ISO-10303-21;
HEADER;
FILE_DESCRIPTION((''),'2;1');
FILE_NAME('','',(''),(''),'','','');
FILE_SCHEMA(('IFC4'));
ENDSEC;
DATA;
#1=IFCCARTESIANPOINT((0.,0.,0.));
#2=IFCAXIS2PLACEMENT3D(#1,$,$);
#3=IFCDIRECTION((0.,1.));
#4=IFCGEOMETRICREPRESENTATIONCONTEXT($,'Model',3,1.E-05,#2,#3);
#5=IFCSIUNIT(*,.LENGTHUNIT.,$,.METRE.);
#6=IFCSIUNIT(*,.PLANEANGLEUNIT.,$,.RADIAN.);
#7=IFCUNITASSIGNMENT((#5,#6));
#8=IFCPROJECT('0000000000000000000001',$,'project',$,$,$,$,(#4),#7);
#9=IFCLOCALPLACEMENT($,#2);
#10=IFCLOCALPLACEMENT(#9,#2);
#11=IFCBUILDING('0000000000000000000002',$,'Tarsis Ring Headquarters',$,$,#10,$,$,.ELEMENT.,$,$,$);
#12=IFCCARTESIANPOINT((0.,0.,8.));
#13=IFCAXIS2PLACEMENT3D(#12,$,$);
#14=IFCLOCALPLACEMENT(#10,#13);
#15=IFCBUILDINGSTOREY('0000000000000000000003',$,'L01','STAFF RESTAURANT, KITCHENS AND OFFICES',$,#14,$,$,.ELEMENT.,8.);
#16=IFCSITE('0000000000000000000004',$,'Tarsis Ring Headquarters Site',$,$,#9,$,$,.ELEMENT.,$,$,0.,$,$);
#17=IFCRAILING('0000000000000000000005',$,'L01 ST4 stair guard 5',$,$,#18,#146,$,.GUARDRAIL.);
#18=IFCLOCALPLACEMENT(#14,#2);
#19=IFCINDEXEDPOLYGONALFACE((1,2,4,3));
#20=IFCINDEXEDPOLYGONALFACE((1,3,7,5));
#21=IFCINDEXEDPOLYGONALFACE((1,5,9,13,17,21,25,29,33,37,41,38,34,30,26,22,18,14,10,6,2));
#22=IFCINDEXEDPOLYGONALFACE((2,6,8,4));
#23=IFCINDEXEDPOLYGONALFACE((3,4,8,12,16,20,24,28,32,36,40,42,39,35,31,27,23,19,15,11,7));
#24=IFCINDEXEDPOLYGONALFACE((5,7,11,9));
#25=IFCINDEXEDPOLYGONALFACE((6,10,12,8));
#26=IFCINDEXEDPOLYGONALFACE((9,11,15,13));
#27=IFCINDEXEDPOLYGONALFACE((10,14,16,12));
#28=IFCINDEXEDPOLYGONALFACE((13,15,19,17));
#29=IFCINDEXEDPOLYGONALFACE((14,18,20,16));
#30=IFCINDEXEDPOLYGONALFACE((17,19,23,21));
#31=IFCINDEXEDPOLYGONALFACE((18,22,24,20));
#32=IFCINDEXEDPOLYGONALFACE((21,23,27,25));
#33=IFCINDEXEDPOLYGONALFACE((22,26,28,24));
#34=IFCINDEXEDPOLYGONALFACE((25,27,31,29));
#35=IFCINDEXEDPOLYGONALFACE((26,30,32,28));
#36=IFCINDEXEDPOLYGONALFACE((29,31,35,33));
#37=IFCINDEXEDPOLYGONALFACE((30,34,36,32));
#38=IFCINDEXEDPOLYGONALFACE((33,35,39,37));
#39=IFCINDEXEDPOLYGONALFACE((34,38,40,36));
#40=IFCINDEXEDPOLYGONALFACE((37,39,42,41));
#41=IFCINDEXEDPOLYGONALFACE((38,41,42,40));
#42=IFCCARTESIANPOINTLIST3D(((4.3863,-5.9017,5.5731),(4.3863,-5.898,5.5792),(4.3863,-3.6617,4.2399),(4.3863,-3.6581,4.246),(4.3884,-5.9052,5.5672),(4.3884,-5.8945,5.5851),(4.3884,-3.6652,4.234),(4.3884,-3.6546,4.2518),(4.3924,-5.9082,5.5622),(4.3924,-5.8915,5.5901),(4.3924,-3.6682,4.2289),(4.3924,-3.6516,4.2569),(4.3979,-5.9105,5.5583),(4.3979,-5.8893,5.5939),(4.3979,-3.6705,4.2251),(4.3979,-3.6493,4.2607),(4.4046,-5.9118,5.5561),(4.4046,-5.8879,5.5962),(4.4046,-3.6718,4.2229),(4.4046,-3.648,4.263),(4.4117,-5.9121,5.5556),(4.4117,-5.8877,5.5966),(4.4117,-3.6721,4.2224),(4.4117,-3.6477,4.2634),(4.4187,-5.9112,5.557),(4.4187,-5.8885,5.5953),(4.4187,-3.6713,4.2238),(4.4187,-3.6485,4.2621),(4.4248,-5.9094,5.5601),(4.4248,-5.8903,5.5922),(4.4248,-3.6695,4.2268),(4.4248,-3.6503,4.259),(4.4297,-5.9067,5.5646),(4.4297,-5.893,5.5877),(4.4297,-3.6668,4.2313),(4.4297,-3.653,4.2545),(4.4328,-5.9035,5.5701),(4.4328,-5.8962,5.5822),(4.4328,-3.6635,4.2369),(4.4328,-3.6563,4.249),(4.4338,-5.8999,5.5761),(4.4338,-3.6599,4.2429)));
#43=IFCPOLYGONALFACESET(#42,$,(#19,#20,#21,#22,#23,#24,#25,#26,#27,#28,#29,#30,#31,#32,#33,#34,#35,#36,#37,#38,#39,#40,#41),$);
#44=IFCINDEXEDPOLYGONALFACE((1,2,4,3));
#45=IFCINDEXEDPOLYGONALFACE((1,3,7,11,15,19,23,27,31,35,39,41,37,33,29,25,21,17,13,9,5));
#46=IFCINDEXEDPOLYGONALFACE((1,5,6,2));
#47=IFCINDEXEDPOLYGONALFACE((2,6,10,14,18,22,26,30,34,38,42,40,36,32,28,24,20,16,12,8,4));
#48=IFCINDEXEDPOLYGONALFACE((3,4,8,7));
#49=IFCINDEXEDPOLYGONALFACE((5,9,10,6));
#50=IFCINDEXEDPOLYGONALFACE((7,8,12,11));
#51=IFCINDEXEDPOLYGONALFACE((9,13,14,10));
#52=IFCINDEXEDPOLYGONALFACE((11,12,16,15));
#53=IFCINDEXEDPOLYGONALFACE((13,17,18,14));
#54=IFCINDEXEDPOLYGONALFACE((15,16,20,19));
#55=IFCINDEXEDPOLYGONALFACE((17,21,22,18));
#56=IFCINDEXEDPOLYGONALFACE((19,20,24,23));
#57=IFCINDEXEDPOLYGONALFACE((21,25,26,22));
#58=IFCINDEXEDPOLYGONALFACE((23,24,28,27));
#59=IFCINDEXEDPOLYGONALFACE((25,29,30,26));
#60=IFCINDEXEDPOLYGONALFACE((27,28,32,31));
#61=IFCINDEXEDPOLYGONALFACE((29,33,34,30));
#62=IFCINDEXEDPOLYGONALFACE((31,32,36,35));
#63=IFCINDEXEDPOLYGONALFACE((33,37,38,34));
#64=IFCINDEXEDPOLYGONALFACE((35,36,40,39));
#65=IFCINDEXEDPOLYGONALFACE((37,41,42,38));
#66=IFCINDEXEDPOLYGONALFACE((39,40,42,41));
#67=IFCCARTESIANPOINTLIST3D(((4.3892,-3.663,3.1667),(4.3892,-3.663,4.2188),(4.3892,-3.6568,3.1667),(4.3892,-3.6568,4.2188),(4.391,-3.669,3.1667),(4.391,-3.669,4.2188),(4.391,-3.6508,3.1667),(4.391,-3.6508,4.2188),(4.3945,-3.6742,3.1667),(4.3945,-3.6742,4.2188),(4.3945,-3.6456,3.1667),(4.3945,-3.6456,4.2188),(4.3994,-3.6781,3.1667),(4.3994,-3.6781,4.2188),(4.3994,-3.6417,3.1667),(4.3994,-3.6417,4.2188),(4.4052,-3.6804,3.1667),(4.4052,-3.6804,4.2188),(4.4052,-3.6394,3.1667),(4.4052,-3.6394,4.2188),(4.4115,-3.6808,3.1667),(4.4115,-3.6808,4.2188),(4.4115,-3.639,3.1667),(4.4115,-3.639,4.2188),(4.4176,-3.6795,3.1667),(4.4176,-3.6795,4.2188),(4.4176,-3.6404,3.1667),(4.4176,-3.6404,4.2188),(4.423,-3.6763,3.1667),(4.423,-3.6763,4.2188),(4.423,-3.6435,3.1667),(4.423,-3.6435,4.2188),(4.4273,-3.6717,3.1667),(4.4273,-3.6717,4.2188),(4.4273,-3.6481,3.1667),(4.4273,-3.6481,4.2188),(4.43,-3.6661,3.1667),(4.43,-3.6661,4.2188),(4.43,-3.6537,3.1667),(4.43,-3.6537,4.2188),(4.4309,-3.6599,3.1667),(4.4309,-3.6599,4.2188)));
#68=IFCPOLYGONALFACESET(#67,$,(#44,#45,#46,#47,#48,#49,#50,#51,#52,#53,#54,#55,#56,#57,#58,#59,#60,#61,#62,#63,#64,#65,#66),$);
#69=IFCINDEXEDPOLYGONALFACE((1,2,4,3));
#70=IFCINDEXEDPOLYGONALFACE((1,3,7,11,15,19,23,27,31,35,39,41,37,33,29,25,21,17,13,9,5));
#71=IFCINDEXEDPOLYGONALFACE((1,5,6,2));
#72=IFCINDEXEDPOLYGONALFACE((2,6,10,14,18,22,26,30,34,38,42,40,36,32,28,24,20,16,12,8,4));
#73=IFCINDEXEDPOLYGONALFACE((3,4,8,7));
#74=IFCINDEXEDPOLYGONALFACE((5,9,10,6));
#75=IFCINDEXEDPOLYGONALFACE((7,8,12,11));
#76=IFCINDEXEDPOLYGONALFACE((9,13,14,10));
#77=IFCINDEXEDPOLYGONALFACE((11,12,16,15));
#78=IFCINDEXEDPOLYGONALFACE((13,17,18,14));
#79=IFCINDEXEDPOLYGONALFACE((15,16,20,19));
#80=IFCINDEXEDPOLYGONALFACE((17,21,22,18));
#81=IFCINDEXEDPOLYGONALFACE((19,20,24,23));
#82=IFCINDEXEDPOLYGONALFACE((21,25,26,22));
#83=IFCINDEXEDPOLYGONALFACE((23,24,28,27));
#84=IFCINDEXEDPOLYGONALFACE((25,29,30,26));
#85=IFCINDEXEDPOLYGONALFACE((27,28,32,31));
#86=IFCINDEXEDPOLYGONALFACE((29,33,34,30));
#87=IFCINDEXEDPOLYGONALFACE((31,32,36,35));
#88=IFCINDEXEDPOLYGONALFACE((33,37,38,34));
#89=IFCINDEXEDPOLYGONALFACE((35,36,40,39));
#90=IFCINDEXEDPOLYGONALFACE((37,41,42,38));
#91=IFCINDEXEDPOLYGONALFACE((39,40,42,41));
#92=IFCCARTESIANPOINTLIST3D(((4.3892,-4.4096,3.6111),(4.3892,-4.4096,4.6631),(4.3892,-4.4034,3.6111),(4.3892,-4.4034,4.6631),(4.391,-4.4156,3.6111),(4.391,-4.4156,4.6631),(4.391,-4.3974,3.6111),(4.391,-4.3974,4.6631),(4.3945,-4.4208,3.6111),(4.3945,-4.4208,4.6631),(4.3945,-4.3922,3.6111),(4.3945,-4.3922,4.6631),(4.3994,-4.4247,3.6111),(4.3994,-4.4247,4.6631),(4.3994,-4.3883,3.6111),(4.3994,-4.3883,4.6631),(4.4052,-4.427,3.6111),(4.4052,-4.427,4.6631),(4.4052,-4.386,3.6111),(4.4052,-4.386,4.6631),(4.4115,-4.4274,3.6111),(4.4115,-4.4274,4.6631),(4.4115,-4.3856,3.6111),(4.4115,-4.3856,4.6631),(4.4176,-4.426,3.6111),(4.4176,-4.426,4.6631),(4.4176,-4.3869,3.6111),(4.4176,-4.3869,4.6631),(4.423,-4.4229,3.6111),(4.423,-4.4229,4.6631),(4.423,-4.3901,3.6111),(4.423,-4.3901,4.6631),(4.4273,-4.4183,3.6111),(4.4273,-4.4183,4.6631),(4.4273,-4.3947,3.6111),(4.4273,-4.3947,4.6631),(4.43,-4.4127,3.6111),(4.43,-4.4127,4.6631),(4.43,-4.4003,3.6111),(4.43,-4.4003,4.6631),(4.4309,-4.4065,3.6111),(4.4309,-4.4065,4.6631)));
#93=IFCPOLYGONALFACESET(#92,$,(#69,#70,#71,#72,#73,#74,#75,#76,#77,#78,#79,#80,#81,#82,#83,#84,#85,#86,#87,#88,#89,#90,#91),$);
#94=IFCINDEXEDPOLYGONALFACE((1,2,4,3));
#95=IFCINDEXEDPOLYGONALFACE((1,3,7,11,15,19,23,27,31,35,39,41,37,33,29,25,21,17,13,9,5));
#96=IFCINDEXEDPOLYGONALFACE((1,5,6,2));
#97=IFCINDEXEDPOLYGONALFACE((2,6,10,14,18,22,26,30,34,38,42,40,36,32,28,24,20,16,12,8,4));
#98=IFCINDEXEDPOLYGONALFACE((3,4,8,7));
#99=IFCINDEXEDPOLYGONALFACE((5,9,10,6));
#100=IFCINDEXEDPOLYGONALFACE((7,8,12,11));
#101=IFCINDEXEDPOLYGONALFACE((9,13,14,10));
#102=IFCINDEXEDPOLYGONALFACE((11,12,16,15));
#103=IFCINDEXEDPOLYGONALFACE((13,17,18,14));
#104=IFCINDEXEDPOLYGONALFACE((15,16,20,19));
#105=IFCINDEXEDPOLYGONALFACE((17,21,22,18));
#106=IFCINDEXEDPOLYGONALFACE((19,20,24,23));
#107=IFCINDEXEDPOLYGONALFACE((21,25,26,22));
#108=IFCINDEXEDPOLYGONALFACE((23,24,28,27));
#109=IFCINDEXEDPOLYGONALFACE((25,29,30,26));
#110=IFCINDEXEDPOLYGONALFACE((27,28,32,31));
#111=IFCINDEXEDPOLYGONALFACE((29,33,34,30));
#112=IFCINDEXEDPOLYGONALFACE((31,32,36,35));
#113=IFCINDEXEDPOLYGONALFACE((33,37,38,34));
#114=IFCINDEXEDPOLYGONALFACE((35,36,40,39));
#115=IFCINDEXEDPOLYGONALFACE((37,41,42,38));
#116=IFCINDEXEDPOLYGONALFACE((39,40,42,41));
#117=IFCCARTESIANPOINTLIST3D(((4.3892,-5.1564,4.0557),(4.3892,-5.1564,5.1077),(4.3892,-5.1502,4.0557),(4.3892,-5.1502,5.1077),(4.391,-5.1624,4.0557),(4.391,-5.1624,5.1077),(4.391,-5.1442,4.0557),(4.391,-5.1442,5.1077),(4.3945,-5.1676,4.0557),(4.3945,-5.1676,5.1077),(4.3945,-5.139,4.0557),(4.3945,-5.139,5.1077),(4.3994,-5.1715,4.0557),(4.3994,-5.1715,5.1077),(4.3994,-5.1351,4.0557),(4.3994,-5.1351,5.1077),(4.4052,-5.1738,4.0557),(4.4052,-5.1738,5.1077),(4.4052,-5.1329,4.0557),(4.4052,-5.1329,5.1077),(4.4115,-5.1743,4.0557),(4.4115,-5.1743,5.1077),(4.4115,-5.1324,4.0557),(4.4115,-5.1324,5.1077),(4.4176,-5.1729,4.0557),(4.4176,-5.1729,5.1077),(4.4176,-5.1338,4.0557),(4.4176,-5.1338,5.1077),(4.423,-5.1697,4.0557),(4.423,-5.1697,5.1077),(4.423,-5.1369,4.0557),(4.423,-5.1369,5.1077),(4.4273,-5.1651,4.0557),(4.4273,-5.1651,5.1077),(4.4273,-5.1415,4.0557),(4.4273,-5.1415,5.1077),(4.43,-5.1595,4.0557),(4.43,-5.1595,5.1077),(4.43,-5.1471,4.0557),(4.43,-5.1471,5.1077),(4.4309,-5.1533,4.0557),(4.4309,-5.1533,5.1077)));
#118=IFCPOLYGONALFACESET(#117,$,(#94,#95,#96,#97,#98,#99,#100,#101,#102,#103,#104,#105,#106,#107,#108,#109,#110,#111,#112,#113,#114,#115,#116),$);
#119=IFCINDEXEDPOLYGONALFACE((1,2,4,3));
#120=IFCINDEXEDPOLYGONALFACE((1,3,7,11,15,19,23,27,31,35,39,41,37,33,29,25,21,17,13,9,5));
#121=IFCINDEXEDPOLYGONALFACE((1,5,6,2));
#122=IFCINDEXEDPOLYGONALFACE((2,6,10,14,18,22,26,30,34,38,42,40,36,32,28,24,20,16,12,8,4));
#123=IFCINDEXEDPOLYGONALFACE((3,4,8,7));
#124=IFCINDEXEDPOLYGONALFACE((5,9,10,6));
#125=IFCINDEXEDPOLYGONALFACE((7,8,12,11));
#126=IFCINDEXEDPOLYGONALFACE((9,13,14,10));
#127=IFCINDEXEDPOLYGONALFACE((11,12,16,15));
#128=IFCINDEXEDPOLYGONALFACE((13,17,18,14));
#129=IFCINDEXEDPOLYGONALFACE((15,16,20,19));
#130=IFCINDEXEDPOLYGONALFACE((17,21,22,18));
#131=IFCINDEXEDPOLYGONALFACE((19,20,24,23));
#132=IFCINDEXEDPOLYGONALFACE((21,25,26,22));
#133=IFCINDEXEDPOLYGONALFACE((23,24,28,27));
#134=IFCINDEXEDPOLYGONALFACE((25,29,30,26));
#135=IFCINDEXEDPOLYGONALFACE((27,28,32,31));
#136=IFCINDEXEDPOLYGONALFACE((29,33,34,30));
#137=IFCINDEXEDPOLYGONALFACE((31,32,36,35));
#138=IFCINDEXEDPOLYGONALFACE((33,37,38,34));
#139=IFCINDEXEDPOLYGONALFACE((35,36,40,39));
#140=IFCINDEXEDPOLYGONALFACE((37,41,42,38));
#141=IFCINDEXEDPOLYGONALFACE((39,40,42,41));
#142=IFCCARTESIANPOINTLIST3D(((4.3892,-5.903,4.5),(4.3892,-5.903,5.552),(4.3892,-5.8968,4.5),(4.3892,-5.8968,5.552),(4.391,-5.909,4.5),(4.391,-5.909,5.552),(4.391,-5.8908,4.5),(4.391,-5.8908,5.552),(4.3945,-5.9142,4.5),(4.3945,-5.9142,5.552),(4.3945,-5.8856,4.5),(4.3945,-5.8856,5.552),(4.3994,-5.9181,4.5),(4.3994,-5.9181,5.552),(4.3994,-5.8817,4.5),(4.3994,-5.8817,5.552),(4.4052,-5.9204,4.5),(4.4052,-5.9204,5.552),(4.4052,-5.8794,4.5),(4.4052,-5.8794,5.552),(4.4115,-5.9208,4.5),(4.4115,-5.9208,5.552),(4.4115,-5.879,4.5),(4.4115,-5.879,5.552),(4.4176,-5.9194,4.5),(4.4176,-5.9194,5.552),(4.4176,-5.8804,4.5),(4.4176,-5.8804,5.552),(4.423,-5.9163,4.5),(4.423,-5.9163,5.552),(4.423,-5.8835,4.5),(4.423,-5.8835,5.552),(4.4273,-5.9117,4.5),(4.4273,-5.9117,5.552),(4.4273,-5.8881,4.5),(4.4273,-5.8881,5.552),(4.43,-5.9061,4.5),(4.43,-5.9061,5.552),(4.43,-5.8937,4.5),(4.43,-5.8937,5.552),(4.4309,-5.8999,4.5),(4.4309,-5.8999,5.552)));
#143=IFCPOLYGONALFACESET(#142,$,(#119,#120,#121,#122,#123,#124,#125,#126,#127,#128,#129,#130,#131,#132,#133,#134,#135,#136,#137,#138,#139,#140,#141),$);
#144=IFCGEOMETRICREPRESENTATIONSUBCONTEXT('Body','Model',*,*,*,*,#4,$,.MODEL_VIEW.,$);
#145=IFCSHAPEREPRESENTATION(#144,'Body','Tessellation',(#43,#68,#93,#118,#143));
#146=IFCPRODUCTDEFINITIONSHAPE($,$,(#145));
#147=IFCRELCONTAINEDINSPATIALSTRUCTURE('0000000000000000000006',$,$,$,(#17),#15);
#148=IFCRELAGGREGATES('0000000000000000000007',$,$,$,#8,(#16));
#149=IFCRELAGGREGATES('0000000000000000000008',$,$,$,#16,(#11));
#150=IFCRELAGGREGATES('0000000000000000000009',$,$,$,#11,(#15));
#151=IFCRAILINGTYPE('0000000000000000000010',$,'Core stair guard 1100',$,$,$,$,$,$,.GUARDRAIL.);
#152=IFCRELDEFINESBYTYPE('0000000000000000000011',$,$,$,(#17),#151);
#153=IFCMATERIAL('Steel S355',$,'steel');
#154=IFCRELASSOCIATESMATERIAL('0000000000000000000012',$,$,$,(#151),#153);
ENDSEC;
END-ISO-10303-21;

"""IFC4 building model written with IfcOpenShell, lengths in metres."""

from ifc_helpers import new_model, si_unit, direction, frame, origin, origin_2d, place, context, subcontext, project, spatial, circle, extrude, material, type_object, element, save


model = new_model("IFC4")

# Units and contexts
model_context = context("Model", 3, precision=1e-05, world=origin(), true_north=direction((0.0, 1.0)))
body_context = subcontext(model_context, "Body", "Model", "MODEL_VIEW")
ifc_project = project(units=[si_unit("LENGTHUNIT", "METRE"), si_unit("PLANEANGLEUNIT", "RADIAN")], contexts=[model_context])

# Site, building, storey
site_placement = place(None, origin())
site = spatial("IfcSite", under=ifc_project, at=site_placement, Name="Tarsis Ring Headquarters Site", CompositionType="ELEMENT", RefElevation=0.0)
building_placement = place(site_placement, origin())
building = spatial("IfcBuilding", under=site, at=building_placement, Name="Tarsis Ring Headquarters", CompositionType="ELEMENT")
storey_placement = place(building_placement, frame((0.0, 0.0, 8.0)))
storey = spatial("IfcBuildingStorey", under=building, at=storey_placement, Name="L01", Description="STAFF RESTAURANT, KITCHENS AND OFFICES", CompositionType="ELEMENT", Elevation=8.0)

# Railing
ifc_material_1 = material(Name="Steel S355", Category="steel")
railing_type_1 = type_object("IfcRailingType", Name="Core stair guard 1100", PredefinedType="GUARDRAIL", material=ifc_material_1)
railing_1_placement = place(storey_placement, frame((4.4099, -3.6599, 3.1667)))
element("IfcRailing", 1, at=railing_1_placement, inside=storey, type_object=railing_type_1, Name="L01 ST4 stair guard 5", PredefinedType="GUARDRAIL", context=body_context, shape_type="SweptSolid", body=[
    extrude(circle(Radius=0.0239, at=origin_2d()), frame((0.0, 0.0, 1.0762), z_axis=(0.0, -0.859306, 0.511462), x_axis=(1.0, 0.0, 0.0)), (0.0, 0.0, 1.0), 2.6067),
    extrude(circle(Radius=0.021, at=origin_2d()), origin(), (0.0, 0.0, 1.0), 1.052),
    extrude(circle(Radius=0.021, at=origin_2d()), frame((0.0, -0.7466, 0.4443)), (0.0, 0.0, 1.0), 1.052),
    extrude(circle(Radius=0.021, at=origin_2d()), frame((0.0, -1.4934, 0.8889)), (0.0, 0.0, 1.0), 1.052),
    extrude(circle(Radius=0.021, at=origin_2d()), frame((0.0, -2.24, 1.3333)), (0.0, 0.0, 1.0), 1.052),
])

save(model, "model.ifc")
